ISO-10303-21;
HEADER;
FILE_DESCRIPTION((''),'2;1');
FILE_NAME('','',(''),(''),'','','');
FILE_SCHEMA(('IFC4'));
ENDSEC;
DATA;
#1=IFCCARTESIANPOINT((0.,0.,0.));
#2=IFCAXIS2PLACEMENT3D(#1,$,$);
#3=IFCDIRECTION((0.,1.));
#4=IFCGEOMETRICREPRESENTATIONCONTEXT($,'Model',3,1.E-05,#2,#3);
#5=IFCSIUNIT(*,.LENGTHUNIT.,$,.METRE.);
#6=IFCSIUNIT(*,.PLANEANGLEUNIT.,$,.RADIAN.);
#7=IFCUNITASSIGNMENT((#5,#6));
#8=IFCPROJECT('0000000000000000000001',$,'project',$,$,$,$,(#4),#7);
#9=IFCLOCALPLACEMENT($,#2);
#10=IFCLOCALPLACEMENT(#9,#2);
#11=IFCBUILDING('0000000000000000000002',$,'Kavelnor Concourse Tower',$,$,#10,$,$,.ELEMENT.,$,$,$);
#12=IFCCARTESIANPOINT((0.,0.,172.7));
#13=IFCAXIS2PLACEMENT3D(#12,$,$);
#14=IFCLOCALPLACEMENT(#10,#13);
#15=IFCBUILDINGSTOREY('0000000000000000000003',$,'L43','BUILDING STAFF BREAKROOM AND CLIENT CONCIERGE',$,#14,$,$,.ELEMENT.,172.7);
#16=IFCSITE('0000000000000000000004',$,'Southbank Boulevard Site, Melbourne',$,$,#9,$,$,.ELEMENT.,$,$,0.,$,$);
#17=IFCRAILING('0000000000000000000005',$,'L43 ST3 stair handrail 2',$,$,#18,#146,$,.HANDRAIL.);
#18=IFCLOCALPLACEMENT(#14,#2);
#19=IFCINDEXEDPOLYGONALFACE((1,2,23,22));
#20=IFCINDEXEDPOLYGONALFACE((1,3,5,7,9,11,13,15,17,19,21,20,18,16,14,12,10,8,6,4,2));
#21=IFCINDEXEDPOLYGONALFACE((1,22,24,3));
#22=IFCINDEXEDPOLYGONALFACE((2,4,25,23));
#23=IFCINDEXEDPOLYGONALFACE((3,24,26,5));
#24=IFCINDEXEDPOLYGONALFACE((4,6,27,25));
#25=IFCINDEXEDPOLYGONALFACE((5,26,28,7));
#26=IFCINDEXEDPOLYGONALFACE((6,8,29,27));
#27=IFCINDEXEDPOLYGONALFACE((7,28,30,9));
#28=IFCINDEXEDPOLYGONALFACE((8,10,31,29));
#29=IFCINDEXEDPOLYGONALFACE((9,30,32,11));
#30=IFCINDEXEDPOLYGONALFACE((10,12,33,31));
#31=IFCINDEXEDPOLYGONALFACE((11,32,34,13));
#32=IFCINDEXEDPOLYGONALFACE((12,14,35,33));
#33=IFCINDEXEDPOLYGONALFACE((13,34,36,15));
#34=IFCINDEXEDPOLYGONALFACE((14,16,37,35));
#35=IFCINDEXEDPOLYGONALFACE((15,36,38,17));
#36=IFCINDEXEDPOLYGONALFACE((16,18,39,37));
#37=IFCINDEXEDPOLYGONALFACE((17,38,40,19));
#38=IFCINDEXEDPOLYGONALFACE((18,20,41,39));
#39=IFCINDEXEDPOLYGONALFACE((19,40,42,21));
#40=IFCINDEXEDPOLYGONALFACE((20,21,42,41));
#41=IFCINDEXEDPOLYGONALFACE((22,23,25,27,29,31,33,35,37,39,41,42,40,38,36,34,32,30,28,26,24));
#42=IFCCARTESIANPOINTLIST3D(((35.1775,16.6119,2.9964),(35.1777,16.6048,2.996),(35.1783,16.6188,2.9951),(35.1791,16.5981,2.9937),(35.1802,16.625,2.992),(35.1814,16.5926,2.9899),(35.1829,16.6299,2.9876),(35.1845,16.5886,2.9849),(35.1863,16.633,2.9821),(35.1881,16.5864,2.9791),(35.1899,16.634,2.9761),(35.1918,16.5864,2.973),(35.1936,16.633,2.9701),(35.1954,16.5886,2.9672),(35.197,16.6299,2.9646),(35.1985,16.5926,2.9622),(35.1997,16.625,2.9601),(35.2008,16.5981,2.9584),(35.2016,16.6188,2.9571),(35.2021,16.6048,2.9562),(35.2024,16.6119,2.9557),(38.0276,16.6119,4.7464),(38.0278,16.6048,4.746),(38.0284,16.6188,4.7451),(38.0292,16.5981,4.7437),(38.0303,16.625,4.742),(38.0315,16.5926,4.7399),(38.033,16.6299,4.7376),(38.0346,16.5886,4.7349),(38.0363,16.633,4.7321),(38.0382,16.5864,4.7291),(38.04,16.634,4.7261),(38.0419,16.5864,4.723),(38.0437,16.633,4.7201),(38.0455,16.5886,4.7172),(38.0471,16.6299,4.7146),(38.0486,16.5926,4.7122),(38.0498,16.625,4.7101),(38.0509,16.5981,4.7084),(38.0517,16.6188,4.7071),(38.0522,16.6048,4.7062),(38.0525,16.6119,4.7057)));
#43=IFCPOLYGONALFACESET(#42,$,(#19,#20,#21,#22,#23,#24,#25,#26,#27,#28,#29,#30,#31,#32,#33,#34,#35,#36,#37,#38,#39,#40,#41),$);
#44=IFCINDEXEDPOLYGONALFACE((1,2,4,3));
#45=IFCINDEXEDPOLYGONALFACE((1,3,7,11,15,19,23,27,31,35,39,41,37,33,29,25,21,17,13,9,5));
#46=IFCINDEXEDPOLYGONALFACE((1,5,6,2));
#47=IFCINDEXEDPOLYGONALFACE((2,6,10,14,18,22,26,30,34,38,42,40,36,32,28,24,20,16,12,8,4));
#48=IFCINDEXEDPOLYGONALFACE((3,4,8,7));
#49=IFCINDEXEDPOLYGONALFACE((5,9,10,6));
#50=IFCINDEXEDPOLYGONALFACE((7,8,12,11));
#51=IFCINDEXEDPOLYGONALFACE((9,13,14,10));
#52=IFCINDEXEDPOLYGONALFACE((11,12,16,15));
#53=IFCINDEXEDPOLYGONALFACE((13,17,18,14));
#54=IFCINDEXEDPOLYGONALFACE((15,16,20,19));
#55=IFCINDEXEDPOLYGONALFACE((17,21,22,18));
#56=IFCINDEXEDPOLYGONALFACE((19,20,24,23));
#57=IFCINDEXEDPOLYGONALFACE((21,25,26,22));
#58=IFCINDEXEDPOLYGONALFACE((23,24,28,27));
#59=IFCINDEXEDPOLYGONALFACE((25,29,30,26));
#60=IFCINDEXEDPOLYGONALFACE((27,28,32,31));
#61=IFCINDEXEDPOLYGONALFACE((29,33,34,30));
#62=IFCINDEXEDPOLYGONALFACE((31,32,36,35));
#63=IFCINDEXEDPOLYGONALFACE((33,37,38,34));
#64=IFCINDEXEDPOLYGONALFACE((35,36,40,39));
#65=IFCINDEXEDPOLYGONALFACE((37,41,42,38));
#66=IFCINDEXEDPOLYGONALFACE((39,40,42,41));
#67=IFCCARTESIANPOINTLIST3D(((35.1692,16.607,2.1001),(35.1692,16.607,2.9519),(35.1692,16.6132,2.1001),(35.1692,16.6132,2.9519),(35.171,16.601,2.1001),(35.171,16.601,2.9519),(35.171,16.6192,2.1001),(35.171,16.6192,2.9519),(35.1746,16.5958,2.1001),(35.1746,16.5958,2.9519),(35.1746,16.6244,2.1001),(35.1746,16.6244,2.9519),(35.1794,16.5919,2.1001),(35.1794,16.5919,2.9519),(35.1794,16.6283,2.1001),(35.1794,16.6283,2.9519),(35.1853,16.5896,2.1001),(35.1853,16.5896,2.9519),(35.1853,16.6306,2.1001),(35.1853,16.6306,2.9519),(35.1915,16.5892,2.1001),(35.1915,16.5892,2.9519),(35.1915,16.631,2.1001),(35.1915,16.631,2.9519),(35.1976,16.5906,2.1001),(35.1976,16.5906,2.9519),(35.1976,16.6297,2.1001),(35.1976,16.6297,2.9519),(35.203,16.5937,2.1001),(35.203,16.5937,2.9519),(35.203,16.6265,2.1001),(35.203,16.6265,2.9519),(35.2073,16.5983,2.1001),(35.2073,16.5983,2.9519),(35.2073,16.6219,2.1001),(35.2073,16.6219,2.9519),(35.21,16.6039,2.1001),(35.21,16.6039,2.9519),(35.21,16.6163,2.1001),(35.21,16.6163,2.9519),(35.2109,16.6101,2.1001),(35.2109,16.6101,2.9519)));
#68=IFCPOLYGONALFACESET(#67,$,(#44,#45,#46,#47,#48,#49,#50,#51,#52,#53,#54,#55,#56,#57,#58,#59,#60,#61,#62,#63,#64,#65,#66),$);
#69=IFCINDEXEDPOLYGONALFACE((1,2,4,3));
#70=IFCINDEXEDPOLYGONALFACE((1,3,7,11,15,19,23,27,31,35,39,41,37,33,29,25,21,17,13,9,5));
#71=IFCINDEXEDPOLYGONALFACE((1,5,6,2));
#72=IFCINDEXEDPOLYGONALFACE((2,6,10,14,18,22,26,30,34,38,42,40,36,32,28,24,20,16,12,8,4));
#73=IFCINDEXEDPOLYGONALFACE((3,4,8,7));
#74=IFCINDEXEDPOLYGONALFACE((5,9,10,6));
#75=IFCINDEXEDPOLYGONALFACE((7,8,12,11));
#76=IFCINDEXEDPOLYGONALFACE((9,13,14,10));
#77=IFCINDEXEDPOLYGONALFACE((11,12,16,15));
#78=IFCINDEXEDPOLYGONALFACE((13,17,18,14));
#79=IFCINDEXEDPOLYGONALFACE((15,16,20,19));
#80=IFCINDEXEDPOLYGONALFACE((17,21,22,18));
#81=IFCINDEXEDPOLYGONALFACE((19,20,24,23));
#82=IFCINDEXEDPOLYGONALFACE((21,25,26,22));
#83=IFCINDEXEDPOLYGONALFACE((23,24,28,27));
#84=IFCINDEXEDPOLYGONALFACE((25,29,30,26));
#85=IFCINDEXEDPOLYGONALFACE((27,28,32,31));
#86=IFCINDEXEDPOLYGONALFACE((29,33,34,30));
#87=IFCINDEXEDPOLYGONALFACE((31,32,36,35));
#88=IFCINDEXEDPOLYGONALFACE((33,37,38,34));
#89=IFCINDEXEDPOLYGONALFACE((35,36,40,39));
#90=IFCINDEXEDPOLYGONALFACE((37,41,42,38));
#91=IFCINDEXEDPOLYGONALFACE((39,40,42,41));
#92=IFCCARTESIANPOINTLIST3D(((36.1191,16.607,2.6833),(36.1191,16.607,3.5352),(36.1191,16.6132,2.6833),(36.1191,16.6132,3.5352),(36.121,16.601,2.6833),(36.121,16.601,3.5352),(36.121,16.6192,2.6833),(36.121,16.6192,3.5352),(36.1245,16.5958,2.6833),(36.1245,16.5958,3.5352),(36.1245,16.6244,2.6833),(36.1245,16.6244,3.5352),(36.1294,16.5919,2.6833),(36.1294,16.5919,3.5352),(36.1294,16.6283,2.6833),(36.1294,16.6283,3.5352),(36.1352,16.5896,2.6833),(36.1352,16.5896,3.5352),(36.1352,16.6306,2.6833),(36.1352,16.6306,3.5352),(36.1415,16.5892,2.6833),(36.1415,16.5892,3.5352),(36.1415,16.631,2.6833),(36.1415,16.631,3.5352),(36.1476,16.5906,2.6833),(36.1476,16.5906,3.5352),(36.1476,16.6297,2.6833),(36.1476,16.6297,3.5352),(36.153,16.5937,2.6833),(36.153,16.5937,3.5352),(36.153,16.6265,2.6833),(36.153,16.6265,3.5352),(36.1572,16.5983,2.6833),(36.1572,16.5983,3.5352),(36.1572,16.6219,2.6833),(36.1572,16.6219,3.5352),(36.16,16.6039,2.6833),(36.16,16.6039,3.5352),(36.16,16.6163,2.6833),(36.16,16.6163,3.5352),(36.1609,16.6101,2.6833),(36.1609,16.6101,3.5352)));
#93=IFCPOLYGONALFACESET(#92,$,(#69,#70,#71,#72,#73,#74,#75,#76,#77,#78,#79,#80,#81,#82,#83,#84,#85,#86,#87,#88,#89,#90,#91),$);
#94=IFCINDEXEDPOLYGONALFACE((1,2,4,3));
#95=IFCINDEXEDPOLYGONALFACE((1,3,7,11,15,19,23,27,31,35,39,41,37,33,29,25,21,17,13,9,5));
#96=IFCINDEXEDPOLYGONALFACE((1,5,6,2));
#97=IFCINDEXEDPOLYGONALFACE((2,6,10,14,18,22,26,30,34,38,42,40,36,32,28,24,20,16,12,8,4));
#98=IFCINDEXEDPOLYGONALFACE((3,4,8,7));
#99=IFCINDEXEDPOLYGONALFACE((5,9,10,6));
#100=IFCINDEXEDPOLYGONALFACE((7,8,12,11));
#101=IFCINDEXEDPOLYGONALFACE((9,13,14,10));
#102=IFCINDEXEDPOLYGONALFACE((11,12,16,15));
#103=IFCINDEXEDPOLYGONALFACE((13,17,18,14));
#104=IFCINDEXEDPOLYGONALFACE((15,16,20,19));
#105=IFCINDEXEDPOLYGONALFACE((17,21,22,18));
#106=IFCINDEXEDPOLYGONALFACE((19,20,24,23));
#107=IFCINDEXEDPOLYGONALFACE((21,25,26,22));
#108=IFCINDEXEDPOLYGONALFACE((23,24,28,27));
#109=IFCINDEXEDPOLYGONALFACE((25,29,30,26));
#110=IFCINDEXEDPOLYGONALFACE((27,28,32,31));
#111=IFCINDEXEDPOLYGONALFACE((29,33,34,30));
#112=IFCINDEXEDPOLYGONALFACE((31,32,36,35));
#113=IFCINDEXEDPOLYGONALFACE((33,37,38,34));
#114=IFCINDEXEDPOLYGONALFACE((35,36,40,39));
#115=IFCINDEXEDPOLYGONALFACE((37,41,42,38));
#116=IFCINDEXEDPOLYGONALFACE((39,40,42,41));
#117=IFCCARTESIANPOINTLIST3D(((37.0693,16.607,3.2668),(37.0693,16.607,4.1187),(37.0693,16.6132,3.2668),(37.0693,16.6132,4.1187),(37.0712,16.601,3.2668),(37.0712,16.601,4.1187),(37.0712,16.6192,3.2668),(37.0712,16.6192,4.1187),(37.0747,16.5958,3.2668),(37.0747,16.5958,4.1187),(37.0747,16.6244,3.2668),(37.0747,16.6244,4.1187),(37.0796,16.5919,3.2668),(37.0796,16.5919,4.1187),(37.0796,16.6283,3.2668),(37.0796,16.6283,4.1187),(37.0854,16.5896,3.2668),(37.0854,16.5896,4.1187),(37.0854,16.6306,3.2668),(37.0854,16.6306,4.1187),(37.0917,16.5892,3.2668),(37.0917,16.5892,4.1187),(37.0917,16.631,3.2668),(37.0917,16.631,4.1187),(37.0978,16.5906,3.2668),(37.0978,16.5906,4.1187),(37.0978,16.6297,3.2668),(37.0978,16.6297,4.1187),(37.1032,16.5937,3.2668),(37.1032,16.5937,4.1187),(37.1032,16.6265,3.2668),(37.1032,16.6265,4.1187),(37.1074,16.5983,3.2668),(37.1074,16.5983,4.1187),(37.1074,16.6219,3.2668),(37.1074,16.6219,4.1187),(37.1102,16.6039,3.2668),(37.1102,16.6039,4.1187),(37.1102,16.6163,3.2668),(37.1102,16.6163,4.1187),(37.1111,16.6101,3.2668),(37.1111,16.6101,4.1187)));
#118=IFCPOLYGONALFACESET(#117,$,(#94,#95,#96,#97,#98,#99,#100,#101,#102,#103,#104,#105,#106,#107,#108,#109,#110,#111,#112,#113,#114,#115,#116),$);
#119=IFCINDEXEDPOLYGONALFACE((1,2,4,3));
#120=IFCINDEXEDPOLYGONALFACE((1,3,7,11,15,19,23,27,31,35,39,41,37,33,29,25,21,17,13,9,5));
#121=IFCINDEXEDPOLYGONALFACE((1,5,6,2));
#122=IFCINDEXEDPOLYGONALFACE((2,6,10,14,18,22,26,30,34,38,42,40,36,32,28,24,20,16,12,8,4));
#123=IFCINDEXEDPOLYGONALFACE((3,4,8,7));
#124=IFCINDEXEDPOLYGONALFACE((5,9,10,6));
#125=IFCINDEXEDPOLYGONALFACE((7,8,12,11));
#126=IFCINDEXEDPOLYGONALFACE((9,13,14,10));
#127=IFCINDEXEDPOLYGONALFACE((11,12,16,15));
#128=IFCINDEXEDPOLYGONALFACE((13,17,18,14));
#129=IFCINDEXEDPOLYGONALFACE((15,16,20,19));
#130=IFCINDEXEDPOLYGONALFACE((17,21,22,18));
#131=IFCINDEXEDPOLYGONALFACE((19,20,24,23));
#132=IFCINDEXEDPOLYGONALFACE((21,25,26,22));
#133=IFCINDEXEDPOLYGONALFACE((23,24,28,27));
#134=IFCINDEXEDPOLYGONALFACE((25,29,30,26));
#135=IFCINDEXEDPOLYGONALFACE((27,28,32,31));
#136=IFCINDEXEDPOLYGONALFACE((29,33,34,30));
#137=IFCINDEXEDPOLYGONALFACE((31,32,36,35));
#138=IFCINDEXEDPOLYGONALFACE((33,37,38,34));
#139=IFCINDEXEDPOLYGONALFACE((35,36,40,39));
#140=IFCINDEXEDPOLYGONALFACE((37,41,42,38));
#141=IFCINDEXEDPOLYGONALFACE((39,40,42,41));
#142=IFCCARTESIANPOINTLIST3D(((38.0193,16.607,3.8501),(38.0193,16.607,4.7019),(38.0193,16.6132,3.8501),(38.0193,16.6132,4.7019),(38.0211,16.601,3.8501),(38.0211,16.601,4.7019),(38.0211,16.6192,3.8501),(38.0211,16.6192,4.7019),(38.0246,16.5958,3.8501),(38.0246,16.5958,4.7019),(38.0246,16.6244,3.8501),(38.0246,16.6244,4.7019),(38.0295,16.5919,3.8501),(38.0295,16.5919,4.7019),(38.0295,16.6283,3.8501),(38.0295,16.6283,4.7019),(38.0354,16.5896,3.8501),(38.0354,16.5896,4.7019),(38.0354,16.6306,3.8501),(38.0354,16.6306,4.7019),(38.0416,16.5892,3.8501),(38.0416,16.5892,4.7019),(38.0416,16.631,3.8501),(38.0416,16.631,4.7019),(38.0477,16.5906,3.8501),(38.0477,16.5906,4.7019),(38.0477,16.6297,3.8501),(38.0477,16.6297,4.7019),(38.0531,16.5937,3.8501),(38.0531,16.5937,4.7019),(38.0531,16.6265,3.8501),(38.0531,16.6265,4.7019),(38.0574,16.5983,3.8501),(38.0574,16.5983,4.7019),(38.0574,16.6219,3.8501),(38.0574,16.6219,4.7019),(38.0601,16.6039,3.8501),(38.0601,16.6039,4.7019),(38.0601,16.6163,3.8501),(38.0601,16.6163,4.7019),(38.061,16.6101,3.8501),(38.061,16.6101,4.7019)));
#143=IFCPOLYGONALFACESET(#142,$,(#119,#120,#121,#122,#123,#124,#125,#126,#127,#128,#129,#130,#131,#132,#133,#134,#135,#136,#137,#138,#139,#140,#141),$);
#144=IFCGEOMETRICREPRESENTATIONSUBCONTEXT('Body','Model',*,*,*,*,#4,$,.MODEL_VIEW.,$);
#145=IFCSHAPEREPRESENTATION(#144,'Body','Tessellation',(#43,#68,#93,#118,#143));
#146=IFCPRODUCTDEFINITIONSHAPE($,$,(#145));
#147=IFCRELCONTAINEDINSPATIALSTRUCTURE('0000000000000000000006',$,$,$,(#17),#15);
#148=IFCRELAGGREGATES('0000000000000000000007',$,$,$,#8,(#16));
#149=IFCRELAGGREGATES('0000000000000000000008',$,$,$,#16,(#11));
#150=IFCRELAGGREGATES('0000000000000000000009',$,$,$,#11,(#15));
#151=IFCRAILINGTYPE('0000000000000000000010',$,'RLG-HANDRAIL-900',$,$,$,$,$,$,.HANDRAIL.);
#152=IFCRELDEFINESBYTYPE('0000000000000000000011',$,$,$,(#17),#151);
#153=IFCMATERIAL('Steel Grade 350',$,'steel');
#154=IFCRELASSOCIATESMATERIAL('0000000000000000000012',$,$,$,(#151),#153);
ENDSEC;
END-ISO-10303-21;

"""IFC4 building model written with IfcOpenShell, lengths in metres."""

from ifc_helpers import new_model, si_unit, direction, frame, origin, origin_2d, place, context, subcontext, project, spatial, circle, extrude, material, type_object, element, save


model = new_model("IFC4")

# Units and contexts
model_context = context("Model", 3, precision=1e-05, world=origin(), true_north=direction((0.0, 1.0)))
body_context = subcontext(model_context, "Body", "Model", "MODEL_VIEW")
ifc_project = project(units=[si_unit("LENGTHUNIT", "METRE"), si_unit("PLANEANGLEUNIT", "RADIAN")], contexts=[model_context])

# Site, building, storey
site_placement = place(None, origin())
site = spatial("IfcSite", under=ifc_project, at=site_placement, Name="Southbank Boulevard Site, Melbourne", CompositionType="ELEMENT", RefElevation=0.0)
building_placement = place(site_placement, origin())
building = spatial("IfcBuilding", under=site, at=building_placement, Name="Kavelnor Concourse Tower", CompositionType="ELEMENT")
storey_placement = place(building_placement, frame((0.0, 0.0, 172.7)))
storey = spatial("IfcBuildingStorey", under=building, at=storey_placement, Name="L43", Description="BUILDING STAFF BREAKROOM AND CLIENT CONCIERGE", CompositionType="ELEMENT", Elevation=172.7)

# Shared definitions
ifc_material_1 = material(Name="Steel Grade 350", Category="steel")

# Railing
railing_type_1 = type_object("IfcRailingType", Name="RLG-HANDRAIL-900", PredefinedType="HANDRAIL", material=ifc_material_1)
railing_1_placement = place(storey_placement, frame((35.1899, 16.6101, 2.1001)))
element("IfcRailing", 1, at=railing_1_placement, inside=storey, type_object=railing_type_1, Name="L43 ST3 stair handrail 2", PredefinedType="HANDRAIL", context=body_context, shape_type="SweptSolid", body=[
    extrude(circle(Radius=0.0239, at=origin_2d()), frame((0.0, 0.0, 0.876), z_axis=(0.852179, 0.0, 0.52325), x_axis=(0.0, 1.0, 0.0)), (0.0, 0.0, 1.0), 3.3445),
    extrude(circle(Radius=0.021, at=origin_2d()), origin(), (0.0, 0.0, 1.0), 0.8518),
    extrude(circle(Radius=0.021, at=origin_2d()), frame((0.95, 0.0, 0.5833)), (0.0, 0.0, 1.0), 0.8518),
    extrude(circle(Radius=0.021, at=origin_2d()), frame((1.9001, 0.0, 1.1667)), (0.0, 0.0, 1.0), 0.8518),
    extrude(circle(Radius=0.021, at=origin_2d()), frame((2.8501, 0.0, 1.75)), (0.0, 0.0, 1.0), 0.8518),
])

save(model, "model.ifc")
